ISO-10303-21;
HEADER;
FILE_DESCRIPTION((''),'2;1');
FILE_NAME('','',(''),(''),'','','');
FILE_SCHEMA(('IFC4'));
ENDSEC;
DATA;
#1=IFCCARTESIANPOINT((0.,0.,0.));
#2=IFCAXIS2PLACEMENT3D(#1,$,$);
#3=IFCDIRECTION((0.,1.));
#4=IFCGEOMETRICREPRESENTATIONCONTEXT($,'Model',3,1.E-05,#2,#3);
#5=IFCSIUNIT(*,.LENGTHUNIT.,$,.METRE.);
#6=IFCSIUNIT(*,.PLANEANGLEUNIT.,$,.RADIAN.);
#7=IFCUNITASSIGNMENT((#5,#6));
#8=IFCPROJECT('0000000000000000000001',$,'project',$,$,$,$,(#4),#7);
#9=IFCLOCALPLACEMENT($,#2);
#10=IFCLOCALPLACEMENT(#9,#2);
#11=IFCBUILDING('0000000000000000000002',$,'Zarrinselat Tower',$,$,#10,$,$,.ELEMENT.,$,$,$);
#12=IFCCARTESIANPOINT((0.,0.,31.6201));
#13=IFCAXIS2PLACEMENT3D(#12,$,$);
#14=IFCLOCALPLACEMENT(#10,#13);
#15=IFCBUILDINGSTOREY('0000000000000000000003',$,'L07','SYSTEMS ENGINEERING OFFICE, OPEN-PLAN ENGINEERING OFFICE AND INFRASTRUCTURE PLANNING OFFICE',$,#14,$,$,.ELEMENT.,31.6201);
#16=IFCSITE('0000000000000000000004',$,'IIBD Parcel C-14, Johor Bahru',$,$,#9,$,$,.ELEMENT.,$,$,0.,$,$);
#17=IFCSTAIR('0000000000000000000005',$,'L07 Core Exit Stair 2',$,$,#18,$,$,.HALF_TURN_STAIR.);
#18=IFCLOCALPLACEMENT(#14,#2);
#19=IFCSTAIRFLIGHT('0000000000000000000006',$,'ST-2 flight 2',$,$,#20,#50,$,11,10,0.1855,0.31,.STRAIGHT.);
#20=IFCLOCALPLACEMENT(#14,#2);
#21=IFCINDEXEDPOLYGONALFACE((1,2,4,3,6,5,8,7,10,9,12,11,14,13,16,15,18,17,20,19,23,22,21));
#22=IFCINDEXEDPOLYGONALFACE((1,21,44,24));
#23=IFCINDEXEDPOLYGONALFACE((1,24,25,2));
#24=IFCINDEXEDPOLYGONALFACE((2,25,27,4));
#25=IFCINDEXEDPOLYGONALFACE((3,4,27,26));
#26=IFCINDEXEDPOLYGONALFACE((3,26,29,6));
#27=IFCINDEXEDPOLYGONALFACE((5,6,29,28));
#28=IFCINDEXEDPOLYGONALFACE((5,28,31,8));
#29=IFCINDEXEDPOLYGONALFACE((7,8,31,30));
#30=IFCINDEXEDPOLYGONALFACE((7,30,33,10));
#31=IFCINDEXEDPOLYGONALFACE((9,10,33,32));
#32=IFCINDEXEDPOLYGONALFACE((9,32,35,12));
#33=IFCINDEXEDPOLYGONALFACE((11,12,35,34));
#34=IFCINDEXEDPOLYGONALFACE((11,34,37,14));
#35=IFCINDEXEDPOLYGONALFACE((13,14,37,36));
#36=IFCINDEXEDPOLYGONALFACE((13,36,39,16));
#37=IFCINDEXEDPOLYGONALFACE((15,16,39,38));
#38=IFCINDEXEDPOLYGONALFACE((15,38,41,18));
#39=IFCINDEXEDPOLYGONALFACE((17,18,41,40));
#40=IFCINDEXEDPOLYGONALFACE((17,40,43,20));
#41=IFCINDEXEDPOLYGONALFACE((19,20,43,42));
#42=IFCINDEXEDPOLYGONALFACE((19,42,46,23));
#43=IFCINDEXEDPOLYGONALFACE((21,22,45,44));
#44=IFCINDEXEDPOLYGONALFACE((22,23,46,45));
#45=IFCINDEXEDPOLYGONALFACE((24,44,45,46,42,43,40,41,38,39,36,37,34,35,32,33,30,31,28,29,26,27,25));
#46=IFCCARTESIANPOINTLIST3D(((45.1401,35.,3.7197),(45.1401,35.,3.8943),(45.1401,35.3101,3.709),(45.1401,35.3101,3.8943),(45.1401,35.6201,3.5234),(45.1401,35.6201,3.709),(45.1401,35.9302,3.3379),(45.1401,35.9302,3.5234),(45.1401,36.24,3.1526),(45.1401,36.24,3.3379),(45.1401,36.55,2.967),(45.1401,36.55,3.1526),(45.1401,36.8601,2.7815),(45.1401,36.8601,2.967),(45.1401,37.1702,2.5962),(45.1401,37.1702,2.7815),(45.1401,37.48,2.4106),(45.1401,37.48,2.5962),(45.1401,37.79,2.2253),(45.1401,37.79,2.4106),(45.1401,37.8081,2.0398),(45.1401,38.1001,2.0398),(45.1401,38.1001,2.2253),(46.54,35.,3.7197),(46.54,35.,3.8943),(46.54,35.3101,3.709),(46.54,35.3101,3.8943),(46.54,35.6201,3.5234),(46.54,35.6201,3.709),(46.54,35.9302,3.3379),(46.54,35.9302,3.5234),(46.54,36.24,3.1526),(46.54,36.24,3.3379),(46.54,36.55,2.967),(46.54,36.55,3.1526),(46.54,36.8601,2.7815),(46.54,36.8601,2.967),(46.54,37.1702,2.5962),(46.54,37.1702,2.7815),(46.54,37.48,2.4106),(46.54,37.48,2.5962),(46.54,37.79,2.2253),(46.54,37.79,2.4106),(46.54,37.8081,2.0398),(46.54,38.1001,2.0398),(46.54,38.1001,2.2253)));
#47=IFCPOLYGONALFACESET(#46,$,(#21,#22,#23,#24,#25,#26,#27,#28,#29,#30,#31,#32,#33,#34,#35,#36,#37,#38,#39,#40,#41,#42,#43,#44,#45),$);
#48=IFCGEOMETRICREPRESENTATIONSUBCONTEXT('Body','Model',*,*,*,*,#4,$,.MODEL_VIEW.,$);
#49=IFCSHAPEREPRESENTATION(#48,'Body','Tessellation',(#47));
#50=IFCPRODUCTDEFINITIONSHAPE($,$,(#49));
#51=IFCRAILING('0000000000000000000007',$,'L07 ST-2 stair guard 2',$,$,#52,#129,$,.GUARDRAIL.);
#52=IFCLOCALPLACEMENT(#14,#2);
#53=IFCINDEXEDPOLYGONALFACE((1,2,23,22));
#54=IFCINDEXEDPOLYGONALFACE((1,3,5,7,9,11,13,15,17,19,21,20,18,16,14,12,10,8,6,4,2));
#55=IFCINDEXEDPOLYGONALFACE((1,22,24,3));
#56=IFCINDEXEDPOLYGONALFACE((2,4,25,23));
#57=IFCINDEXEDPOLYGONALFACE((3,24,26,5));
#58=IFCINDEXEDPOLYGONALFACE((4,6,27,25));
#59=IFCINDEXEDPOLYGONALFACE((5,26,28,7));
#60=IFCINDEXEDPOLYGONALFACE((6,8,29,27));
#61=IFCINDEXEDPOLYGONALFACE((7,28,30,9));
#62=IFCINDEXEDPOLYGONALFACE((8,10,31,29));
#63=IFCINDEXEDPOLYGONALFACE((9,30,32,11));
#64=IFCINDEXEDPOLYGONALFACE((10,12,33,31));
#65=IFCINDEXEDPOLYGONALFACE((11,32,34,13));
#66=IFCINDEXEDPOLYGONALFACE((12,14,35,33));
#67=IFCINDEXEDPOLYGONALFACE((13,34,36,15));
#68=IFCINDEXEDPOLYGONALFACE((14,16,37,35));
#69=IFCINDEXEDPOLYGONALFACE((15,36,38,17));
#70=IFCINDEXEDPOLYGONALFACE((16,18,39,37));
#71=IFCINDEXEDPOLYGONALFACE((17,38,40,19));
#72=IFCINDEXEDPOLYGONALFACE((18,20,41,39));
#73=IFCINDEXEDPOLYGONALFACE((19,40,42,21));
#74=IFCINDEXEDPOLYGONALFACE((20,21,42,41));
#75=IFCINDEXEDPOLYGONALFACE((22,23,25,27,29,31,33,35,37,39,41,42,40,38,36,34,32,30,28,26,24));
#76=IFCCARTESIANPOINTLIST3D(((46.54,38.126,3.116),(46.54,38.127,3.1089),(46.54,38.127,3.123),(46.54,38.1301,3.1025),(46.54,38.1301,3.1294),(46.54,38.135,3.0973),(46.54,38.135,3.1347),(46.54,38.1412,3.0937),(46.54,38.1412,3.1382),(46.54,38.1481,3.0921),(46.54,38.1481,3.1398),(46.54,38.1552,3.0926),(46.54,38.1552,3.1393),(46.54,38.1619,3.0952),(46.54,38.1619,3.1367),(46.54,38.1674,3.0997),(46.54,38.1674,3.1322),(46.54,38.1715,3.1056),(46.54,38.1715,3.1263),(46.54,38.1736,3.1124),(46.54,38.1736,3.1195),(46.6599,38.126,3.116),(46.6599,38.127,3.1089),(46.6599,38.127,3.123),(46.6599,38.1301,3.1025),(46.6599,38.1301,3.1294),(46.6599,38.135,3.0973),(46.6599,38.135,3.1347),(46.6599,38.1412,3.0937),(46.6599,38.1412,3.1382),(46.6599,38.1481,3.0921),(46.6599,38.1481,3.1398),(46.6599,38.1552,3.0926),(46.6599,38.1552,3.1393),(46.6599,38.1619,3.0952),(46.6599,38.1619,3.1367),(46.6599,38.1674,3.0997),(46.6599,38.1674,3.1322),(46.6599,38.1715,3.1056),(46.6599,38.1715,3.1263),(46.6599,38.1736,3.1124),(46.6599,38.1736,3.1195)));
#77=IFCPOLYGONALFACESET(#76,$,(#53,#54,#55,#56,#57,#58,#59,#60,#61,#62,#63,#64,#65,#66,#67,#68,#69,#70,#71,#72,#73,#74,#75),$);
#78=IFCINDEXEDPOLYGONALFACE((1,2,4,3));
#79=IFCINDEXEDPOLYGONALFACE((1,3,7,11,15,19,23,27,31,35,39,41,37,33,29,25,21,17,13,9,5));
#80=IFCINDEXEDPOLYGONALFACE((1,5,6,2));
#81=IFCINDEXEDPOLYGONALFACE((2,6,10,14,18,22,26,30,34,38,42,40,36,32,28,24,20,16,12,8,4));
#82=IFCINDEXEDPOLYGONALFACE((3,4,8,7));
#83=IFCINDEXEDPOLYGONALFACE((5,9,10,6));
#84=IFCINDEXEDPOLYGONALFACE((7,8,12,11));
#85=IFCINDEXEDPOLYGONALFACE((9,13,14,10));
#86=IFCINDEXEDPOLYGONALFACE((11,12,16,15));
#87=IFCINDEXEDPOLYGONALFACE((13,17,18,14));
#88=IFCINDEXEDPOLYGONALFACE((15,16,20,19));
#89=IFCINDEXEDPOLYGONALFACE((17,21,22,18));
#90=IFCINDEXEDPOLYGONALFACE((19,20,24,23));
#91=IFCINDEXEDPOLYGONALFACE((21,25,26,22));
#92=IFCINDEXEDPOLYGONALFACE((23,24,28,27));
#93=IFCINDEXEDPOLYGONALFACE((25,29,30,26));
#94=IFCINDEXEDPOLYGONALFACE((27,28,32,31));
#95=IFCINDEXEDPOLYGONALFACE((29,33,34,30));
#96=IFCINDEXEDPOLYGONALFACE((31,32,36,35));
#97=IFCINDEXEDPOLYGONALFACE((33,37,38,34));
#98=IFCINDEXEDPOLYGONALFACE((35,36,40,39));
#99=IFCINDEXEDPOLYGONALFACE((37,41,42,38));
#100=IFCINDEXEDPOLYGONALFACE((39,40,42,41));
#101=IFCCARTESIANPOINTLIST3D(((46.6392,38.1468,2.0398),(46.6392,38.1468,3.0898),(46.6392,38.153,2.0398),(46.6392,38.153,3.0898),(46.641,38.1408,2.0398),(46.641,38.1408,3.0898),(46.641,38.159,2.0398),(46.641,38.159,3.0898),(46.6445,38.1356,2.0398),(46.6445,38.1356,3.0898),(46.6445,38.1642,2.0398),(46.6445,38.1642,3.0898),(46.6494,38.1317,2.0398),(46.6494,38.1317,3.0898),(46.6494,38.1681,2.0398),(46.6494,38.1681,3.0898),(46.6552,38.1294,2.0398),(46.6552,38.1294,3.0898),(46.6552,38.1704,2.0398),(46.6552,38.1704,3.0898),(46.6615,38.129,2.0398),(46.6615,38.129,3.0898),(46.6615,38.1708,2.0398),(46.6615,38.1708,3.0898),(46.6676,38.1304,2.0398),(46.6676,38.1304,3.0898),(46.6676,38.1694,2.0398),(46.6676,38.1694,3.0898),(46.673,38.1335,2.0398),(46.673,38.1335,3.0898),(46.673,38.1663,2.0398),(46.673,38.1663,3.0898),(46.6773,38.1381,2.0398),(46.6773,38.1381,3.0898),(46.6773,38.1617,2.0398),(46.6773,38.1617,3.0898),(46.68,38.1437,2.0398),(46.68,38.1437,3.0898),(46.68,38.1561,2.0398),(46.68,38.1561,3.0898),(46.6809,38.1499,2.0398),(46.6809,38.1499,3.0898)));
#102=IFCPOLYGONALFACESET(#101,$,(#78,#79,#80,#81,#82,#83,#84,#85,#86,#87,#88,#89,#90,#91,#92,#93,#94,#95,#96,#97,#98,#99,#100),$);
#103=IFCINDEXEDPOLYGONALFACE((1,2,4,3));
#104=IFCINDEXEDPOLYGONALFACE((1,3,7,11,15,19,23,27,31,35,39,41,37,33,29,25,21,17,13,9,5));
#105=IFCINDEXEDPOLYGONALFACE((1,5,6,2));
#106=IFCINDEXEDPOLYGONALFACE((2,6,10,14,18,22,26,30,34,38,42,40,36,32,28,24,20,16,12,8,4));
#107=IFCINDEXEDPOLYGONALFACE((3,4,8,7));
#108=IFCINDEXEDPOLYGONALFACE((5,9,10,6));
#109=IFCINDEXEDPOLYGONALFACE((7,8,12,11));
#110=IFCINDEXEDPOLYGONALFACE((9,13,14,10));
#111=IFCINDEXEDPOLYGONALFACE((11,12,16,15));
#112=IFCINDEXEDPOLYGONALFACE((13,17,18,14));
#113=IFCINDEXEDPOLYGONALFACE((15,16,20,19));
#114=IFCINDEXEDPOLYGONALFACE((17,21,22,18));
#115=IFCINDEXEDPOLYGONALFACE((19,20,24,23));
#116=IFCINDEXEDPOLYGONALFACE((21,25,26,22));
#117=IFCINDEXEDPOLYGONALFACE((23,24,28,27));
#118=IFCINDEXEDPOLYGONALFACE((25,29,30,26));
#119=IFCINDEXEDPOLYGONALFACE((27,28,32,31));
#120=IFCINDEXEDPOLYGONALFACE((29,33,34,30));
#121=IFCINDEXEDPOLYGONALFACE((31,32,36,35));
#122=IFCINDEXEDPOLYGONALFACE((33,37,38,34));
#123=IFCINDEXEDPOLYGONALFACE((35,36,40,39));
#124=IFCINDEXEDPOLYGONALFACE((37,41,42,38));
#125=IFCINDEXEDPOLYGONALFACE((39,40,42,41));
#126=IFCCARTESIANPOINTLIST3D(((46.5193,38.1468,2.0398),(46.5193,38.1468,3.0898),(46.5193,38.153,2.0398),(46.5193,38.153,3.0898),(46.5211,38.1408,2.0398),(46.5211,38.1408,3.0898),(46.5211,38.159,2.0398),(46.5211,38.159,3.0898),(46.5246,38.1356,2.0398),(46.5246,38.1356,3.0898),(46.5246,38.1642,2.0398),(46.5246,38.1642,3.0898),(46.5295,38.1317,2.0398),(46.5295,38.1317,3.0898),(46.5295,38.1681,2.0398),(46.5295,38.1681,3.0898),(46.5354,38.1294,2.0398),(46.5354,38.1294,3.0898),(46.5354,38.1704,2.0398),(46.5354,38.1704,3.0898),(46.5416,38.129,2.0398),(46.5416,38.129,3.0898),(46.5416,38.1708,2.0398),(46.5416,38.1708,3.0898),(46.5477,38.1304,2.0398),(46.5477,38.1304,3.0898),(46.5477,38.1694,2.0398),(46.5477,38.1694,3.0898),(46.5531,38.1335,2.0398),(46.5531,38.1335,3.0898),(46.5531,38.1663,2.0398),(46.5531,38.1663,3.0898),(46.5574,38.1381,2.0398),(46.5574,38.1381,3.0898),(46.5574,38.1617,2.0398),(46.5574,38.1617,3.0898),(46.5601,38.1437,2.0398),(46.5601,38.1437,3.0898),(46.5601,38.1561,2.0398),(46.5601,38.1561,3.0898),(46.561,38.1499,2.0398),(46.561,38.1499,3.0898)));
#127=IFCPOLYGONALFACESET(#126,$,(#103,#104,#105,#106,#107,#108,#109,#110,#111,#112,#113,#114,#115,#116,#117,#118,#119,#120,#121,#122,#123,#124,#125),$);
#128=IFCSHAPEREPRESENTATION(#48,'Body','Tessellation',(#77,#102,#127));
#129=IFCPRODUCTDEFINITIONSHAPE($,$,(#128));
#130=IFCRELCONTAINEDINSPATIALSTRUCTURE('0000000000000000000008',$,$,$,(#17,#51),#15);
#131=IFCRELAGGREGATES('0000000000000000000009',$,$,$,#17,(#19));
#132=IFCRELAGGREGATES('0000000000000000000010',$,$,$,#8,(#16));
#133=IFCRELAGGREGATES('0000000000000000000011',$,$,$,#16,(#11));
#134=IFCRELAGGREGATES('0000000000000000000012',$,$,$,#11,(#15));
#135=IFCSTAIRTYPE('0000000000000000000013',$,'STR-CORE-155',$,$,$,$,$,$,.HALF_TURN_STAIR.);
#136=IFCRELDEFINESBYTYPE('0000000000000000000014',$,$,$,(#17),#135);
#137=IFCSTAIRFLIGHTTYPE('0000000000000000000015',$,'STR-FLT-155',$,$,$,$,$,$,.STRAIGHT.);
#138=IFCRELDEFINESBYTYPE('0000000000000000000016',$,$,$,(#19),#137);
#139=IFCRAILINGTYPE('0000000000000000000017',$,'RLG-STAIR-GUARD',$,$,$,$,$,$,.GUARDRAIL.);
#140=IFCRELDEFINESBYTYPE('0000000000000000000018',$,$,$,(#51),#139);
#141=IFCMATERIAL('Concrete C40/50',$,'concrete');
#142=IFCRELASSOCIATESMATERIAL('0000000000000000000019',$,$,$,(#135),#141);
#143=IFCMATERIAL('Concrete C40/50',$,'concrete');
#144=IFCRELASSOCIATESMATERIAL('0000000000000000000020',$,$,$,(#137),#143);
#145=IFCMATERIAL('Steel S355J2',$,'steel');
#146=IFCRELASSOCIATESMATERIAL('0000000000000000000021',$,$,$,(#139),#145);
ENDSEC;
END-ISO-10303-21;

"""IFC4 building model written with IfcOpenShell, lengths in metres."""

from ifc_helpers import new_model, si_unit, direction, frame, origin, origin_2d, place, context, subcontext, project, spatial, polyline, circle, outline, extrude, material, type_object, element, aggregate, save


model = new_model("IFC4")

# Units and contexts
model_context = context("Model", 3, precision=1e-05, world=origin(), true_north=direction((0.0, 1.0)))
body_context = subcontext(model_context, "Body", "Model", "MODEL_VIEW")
ifc_project = project(units=[si_unit("LENGTHUNIT", "METRE"), si_unit("PLANEANGLEUNIT", "RADIAN")], contexts=[model_context])

# Site, building, storey
site_placement = place(None, origin())
site = spatial("IfcSite", under=ifc_project, at=site_placement, Name="IIBD Parcel C-14, Johor Bahru", CompositionType="ELEMENT", RefElevation=0.0)
building_placement = place(site_placement, origin())
building = spatial("IfcBuilding", under=site, at=building_placement, Name="Zarrinselat Tower", CompositionType="ELEMENT")
storey_placement = place(building_placement, frame((0.0, 0.0, 31.6201)))
storey = spatial("IfcBuildingStorey", under=building, at=storey_placement, Name="L07", Description="SYSTEMS ENGINEERING OFFICE, OPEN-PLAN ENGINEERING OFFICE AND INFRASTRUCTURE PLANNING OFFICE", CompositionType="ELEMENT", Elevation=31.6201)

# Stair, stair flight
ifc_material_1 = material(Name="Concrete C40/50", Category="concrete")
stair_type = type_object("IfcStairType", Name="STR-CORE-155", PredefinedType="HALF_TURN_STAIR", material=ifc_material_1)
stair_placement = place(storey_placement, origin())
stair = element("IfcStair", 1, at=stair_placement, inside=storey, type_object=stair_type, Name="L07 Core Exit Stair 2", PredefinedType="HALF_TURN_STAIR")
ifc_material_2 = material(Name="Concrete C40/50", Category="concrete")
stair_flight_type = type_object("IfcStairFlightType", Name="STR-FLT-155", PredefinedType="STRAIGHT", material=ifc_material_2)
stair_flight_placement = place(storey_placement, frame((45.8401, 38.1001, 2.0398), z_axis=(0.0, 0.0, 1.0), x_axis=(0.0, -1.0, 0.0)))
stair_flight = element("IfcStairFlight", 2, at=stair_flight_placement, type_object=stair_flight_type, Name="ST-2 flight 2", NumberOfRisers=11, NumberOfTreads=10, PredefinedType="STRAIGHT", RiserHeight=0.1855, TreadLength=0.31, context=body_context, shape_type="SweptSolid", body=[
    extrude(outline(polyline([(0.0, 0.0), (0.0, 0.1855), (0.3101, 0.1855), (0.3101, 0.3708), (0.6201, 0.3708), (0.6201, 0.5564), (0.9299, 0.5564), (0.9299, 0.7417), (1.24, 0.7417), (1.24, 0.9272), (1.55, 0.9272), (1.55, 1.1128), (1.8601, 1.1128), (1.8601, 1.2981), (2.1699, 1.2981), (2.1699, 1.4836), (2.48, 1.4836), (2.48, 1.6692), (2.79, 1.6692), (2.79, 1.8545), (3.1001, 1.8545), (3.1001, 2.04), (3.1001, 1.6799), (0.292, 0.0), (0.0, 0.0)])), frame((0.0, 0.7, 0.0), z_axis=(0.0, -1.0, 0.0), x_axis=(1.0, 0.0, 0.0)), (0.0, 0.0, 1.0), 1.3999),
])
aggregate(stair, [stair_flight])

# Railing
ifc_material_3 = material(Name="Steel S355J2", Category="steel")
railing_type_1 = type_object("IfcRailingType", Name="RLG-STAIR-GUARD", PredefinedType="GUARDRAIL", material=ifc_material_3)
railing_1_placement = place(storey_placement, frame((46.6599, 38.1499, 2.0398)))
element("IfcRailing", 3, at=railing_1_placement, inside=storey, type_object=railing_type_1, Name="L07 ST-2 stair guard 2", PredefinedType="GUARDRAIL", context=body_context, shape_type="SweptSolid", body=[
    extrude(circle(Radius=0.0239, at=origin_2d()), frame((0.0, 0.0, 1.0762), z_axis=(-1.0, 0.0, 0.0), x_axis=(0.0, -1.0, 0.0)), (0.0, 0.0, 1.0), 0.1199),
    extrude(circle(Radius=0.021, at=origin_2d()), origin(), (0.0, 0.0, 1.0), 1.05),
    extrude(circle(Radius=0.021, at=origin_2d()), frame((-0.1199, 0.0, 0.0)), (0.0, 0.0, 1.0), 1.05),
])

save(model, "model.ifc")
